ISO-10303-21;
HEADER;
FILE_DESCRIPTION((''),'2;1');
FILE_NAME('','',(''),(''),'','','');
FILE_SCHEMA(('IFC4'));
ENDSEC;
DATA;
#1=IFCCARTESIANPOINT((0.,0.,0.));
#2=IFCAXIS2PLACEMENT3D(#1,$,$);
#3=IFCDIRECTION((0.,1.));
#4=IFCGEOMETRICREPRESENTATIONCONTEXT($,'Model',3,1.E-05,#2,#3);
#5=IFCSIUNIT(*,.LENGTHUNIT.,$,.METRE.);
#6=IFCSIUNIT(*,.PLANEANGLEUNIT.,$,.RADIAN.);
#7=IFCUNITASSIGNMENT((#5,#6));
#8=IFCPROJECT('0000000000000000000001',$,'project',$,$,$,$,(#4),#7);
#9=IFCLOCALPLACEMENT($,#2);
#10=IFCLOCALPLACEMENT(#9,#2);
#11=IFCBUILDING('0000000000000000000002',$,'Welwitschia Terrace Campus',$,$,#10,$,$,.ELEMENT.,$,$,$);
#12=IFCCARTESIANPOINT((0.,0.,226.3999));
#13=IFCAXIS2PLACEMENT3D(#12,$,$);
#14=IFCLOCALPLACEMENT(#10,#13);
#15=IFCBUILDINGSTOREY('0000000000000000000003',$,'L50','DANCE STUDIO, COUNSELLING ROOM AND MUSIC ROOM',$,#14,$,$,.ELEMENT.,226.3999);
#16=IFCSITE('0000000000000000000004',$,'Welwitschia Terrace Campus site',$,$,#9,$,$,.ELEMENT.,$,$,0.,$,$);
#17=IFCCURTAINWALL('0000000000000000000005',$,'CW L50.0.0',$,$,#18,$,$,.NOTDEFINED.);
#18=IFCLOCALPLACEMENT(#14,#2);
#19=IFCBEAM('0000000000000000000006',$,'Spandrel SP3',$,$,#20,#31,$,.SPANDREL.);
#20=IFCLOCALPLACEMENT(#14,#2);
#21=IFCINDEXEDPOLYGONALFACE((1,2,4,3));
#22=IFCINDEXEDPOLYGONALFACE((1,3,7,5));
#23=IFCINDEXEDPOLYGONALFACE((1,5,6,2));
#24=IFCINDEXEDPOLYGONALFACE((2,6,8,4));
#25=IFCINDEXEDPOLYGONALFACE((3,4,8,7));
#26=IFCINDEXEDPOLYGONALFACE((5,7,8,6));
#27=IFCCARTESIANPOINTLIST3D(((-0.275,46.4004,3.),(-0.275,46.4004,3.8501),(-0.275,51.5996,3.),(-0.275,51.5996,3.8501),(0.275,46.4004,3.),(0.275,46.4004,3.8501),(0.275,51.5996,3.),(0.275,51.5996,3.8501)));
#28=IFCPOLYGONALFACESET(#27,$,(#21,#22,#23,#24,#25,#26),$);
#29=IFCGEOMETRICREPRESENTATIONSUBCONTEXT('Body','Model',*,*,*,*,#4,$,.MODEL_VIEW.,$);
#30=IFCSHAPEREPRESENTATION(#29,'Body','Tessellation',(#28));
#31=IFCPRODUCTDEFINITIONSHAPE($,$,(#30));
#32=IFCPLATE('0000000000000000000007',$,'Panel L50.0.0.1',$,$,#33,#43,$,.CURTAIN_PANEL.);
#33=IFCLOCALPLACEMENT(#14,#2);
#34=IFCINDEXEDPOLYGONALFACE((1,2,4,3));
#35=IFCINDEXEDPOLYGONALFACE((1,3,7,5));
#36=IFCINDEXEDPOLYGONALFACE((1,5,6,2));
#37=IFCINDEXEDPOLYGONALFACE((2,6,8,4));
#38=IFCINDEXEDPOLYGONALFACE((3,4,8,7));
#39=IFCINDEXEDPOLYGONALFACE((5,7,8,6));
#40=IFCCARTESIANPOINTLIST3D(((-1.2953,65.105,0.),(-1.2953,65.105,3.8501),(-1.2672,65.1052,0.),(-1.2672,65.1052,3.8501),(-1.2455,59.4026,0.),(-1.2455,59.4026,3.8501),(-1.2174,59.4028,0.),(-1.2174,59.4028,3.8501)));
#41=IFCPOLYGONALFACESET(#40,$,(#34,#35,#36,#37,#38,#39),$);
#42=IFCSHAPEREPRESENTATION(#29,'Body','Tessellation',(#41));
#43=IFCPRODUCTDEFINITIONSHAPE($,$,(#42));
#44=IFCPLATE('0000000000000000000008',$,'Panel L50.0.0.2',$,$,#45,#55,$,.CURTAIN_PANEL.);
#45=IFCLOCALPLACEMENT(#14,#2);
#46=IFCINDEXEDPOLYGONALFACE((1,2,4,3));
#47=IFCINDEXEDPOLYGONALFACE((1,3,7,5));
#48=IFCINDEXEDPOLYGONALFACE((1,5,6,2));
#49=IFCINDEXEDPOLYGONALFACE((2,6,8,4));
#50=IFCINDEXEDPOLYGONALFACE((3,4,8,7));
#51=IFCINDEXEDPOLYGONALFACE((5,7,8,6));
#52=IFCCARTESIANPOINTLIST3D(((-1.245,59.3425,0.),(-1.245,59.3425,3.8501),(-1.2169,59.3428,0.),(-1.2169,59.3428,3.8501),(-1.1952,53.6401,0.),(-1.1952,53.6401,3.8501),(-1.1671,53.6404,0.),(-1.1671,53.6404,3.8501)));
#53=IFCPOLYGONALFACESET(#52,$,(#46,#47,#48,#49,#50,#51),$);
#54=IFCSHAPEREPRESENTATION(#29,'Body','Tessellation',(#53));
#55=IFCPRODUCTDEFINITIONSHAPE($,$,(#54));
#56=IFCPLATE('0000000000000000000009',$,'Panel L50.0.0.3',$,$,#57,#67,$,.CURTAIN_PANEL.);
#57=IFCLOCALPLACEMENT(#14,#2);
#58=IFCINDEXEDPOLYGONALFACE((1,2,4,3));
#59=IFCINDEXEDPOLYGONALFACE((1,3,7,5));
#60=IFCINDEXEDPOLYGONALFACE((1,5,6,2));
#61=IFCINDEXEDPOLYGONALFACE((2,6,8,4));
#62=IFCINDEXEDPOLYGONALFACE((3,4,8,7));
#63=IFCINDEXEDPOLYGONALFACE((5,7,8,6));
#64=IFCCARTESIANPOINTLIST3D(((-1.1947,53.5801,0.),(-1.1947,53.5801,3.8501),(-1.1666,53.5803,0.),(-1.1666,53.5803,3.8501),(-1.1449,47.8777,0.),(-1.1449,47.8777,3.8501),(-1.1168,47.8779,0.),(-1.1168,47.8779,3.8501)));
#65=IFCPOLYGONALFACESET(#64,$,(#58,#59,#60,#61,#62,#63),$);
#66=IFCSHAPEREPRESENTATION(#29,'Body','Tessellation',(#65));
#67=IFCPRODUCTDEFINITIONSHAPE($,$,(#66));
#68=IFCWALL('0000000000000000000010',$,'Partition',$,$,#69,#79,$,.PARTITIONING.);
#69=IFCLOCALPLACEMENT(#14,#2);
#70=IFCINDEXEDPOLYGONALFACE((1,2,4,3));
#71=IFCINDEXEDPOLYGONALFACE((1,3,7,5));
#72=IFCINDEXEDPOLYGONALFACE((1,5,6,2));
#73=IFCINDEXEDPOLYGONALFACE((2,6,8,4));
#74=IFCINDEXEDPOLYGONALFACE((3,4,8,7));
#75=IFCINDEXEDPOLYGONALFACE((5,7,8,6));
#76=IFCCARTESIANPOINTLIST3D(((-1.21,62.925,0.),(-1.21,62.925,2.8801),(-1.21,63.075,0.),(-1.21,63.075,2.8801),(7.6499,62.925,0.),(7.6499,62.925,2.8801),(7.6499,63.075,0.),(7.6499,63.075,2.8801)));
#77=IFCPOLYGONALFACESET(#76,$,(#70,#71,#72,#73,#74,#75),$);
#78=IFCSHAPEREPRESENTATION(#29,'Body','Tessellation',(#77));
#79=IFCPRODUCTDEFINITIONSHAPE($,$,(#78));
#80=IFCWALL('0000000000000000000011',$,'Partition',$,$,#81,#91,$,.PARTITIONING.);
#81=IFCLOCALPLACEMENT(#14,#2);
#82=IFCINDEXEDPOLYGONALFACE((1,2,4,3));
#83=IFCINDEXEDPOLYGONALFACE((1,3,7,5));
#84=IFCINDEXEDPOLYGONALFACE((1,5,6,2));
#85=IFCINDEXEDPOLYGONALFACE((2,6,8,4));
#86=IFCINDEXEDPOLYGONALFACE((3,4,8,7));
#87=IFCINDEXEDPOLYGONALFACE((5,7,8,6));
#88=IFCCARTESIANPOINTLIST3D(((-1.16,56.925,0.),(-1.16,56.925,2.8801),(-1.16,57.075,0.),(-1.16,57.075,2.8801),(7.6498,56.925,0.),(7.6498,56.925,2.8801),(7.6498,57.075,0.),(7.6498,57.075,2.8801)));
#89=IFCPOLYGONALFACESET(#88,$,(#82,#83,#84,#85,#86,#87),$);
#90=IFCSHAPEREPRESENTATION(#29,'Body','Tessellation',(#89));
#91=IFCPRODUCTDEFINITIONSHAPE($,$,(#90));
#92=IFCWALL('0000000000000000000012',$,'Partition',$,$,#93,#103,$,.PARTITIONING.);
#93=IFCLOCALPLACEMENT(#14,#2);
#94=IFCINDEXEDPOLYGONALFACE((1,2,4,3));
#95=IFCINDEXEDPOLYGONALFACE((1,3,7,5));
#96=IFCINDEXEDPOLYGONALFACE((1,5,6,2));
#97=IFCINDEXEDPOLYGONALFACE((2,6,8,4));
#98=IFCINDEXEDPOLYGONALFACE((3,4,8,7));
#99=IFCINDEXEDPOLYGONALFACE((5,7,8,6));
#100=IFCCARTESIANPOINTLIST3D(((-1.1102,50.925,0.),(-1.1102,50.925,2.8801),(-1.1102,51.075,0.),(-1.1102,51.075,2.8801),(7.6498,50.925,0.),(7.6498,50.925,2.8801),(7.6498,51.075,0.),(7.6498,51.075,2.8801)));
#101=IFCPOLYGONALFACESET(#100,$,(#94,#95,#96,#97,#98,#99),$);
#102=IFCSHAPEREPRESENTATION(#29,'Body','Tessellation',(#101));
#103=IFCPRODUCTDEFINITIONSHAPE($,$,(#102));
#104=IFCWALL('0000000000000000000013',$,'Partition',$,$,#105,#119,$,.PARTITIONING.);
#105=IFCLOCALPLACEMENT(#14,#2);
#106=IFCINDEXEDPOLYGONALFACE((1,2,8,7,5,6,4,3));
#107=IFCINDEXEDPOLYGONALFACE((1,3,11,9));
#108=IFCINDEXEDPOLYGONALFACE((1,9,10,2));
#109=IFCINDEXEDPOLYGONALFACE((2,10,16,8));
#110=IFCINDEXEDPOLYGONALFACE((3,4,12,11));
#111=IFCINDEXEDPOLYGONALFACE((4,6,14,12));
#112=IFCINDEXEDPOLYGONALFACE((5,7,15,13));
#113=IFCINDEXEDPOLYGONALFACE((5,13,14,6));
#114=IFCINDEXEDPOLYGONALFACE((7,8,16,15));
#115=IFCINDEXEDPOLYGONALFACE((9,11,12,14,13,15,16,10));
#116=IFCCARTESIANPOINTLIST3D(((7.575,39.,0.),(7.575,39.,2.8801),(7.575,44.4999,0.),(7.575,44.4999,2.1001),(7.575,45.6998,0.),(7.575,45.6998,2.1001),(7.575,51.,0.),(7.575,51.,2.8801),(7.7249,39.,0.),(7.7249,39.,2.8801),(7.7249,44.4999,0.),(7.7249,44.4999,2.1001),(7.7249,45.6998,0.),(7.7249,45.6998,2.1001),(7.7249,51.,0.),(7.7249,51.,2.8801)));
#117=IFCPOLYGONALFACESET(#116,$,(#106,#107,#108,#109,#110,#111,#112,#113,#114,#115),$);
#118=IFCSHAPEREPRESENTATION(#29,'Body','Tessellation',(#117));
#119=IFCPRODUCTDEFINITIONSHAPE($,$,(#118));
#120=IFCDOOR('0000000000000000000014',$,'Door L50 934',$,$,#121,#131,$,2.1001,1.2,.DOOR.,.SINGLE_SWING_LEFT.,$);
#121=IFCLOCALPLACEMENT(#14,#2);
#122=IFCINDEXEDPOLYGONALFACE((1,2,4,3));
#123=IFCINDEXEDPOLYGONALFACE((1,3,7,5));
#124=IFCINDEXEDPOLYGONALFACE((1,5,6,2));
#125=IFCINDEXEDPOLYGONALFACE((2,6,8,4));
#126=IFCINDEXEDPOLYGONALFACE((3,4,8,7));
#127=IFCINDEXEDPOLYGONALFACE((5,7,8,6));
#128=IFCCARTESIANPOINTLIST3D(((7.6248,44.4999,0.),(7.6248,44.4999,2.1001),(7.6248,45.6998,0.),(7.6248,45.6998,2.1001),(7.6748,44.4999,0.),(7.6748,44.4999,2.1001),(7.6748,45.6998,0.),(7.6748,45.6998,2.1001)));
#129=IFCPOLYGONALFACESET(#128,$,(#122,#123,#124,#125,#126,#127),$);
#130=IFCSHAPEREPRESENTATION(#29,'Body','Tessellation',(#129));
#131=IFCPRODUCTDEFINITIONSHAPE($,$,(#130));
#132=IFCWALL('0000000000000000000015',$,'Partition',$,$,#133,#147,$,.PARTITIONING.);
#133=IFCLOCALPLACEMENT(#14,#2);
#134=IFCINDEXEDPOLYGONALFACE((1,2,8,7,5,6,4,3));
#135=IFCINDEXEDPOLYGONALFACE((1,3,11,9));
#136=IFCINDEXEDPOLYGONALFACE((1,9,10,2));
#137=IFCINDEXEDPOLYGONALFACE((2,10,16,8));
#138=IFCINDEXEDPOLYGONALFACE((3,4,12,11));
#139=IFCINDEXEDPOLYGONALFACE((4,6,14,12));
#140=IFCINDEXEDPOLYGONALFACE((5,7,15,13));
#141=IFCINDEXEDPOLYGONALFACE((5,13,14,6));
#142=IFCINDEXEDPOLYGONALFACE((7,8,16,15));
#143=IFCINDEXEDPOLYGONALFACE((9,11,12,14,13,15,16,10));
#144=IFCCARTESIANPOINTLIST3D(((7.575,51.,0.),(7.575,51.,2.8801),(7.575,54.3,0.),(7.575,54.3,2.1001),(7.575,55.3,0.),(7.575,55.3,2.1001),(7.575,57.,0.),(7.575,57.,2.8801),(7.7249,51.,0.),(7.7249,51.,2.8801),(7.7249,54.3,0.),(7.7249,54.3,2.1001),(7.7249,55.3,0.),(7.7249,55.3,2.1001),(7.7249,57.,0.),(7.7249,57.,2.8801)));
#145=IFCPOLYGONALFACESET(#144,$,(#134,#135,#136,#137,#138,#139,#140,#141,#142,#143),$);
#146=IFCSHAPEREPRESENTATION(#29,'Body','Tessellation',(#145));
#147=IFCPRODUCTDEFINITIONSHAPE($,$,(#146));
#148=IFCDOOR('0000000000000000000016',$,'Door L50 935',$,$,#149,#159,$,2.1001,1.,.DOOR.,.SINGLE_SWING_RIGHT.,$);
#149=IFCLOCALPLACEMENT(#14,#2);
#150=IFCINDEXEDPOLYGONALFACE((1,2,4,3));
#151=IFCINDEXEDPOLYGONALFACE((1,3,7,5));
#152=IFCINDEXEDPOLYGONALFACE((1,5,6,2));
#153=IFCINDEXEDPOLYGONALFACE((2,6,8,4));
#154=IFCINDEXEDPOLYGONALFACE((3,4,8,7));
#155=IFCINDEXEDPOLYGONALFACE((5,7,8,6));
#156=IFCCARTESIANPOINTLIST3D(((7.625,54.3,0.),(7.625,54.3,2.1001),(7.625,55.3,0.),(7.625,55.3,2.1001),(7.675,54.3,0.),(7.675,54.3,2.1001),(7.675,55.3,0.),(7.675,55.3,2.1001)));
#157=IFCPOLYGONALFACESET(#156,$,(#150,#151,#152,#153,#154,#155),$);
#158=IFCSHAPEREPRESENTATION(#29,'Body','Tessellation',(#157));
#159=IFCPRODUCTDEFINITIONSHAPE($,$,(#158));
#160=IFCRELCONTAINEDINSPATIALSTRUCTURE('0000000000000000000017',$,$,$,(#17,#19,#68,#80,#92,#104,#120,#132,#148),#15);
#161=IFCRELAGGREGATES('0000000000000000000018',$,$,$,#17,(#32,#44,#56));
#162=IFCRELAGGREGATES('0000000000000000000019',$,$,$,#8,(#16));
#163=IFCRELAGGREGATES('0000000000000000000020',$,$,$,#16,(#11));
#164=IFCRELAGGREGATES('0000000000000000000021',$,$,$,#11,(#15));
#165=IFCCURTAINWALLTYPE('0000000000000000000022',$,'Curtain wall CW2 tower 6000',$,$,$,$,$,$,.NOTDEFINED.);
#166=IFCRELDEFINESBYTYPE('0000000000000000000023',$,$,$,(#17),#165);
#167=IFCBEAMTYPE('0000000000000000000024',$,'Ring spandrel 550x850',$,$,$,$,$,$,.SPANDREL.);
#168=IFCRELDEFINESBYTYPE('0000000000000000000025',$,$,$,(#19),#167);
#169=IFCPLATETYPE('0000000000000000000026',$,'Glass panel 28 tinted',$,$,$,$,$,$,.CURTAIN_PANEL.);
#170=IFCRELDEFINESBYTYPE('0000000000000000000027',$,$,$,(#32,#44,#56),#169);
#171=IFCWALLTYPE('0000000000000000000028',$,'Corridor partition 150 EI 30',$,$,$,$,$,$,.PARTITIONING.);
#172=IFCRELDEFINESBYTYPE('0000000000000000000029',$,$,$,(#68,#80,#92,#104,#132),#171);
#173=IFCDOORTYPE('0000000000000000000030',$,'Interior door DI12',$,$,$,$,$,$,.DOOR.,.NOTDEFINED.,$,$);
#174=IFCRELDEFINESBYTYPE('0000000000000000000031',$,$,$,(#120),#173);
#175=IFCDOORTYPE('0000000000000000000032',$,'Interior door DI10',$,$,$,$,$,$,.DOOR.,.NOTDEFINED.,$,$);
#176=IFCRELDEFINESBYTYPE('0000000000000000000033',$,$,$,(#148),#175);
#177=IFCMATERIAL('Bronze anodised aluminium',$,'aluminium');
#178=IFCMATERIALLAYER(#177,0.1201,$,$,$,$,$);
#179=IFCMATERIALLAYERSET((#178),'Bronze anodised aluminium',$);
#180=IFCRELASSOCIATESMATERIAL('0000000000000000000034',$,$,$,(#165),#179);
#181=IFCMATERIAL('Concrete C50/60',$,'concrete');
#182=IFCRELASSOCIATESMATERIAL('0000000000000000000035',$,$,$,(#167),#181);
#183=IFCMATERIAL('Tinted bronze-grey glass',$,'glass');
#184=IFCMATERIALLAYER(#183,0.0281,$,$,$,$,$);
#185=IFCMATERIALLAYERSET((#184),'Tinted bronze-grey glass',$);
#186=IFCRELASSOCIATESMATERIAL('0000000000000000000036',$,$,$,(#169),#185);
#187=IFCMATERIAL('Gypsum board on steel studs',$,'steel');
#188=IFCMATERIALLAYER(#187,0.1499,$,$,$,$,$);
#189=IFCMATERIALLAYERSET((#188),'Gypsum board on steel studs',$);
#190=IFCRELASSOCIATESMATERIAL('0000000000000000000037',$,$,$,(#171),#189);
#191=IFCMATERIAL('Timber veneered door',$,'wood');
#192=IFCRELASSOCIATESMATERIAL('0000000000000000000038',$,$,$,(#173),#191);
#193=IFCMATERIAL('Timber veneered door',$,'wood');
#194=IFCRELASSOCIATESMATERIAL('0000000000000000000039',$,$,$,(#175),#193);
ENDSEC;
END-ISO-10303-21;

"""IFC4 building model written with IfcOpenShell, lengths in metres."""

from ifc_helpers import new_model, si_unit, direction, frame, frame_2d, origin, origin_2d, place, context, subcontext, project, spatial, rectangle, extrude, material, layer, layer_set, material_profile, profile_set, type_object, element, fill, aggregate, save


model = new_model("IFC4")

# Units and contexts
model_context = context("Model", 3, precision=1e-05, world=origin(), true_north=direction((0.0, 1.0)))
body_context = subcontext(model_context, "Body", "Model", "MODEL_VIEW")
ifc_project = project(units=[si_unit("LENGTHUNIT", "METRE"), si_unit("PLANEANGLEUNIT", "RADIAN")], contexts=[model_context])

# Site, building, storey
site_placement = place(None, origin())
site = spatial("IfcSite", under=ifc_project, at=site_placement, Name="Welwitschia Terrace Campus site", CompositionType="ELEMENT", RefElevation=0.0)
building_placement = place(site_placement, origin())
building = spatial("IfcBuilding", under=site, at=building_placement, Name="Welwitschia Terrace Campus", CompositionType="ELEMENT")
storey_placement = place(building_placement, frame((0.0, 0.0, 226.3999)))
storey = spatial("IfcBuildingStorey", under=building, at=storey_placement, Name="L50", Description="DANCE STUDIO, COUNSELLING ROOM AND MUSIC ROOM", CompositionType="ELEMENT", Elevation=226.3999)

# Curtain wall
ifc_material_1 = material(Name="Bronze anodised aluminium", Category="aluminium")
ifc_layer_1 = layer(ifc_material_1, 0.1201)
ifc_layer_set_1 = layer_set([ifc_layer_1], Name="Bronze anodised aluminium")
curtain_wall_type = type_object("IfcCurtainWallType", Name="Curtain wall CW2 tower 6000", PredefinedType="NOTDEFINED", material=ifc_layer_set_1)
curtain_wall_placement = place(storey_placement, origin())
curtain_wall = element("IfcCurtainWall", 1, at=curtain_wall_placement, inside=storey, type_object=curtain_wall_type, Name="CW L50.0.0", PredefinedType="NOTDEFINED")

# Beam
ifc_material_2 = material(Name="Concrete C50/60", Category="concrete")
ifc_material_profile_1 = material_profile(ifc_material_2, rectangle(XDim=0.55, YDim=0.8501, at=origin_2d()))
ifc_profile_set_1 = profile_set([ifc_material_profile_1], Name="Concrete C50/60")
beam_type_1 = type_object("IfcBeamType", Name="Ring spandrel 550x850", PredefinedType="SPANDREL", material=ifc_profile_set_1)
for number, where, z_axis, x_axis, name in (
    (2, (0.0, 51.5996, 3.425), (0.0, -1.0, 0.0), (1.0, 0.0, 0.0), "Spandrel SP3"),
):
    element("IfcBeam", number, at=place(storey_placement, frame(where, z_axis=z_axis, x_axis=x_axis)), inside=storey, type_object=beam_type_1, Name=name, PredefinedType="SPANDREL", context=body_context, shape_type="SweptSolid", body=[
        extrude(rectangle(XDim=0.55, YDim=0.8501, at=origin_2d()), origin(), (0.0, 0.0, 1.0), 5.1992),
    ])

# Plates
ifc_material_3 = material(Name="Tinted bronze-grey glass", Category="glass")
ifc_layer_2 = layer(ifc_material_3, 0.0281)
ifc_layer_set_2 = layer_set([ifc_layer_2], Name="Tinted bronze-grey glass")
plate_type = type_object("IfcPlateType", Name="Glass panel 28 tinted", PredefinedType="CURTAIN_PANEL", material=ifc_layer_set_2)
plate_1_placement = place(storey_placement, frame((-1.2563, 62.2539, 0.0), z_axis=(0.0, 0.0, 1.0), x_axis=(0.008727, -0.999962, 0.0)))
plate_1 = element("IfcPlate", 3, at=plate_1_placement, type_object=plate_type, Name="Panel L50.0.0.1", PredefinedType="CURTAIN_PANEL", context=body_context, shape_type="SweptSolid", body=[
    extrude(rectangle(XDim=5.7026, YDim=0.0281, at=origin_2d()), origin(), (0.0, 0.0, 1.0), 3.8501),
])
plate_2_placement = place(storey_placement, frame((-1.2061, 56.4915, 0.0), z_axis=(0.0, 0.0, 1.0), x_axis=(0.008727, -0.999962, 0.0)))
plate_2 = element("IfcPlate", 4, at=plate_2_placement, type_object=plate_type, Name="Panel L50.0.0.2", PredefinedType="CURTAIN_PANEL", context=body_context, shape_type="SweptSolid", body=[
    extrude(rectangle(XDim=5.7026, YDim=0.0281, at=origin_2d()), origin(), (0.0, 0.0, 1.0), 3.8501),
])
plate_3_placement = place(storey_placement, frame((-1.1558, 50.729, 0.0), z_axis=(0.0, 0.0, 1.0), x_axis=(0.008727, -0.999962, 0.0)))
plate_3 = element("IfcPlate", 5, at=plate_3_placement, type_object=plate_type, Name="Panel L50.0.0.3", PredefinedType="CURTAIN_PANEL", context=body_context, shape_type="SweptSolid", body=[
    extrude(rectangle(XDim=5.7026, YDim=0.0281, at=origin_2d()), origin(), (0.0, 0.0, 1.0), 3.8501),
])
aggregate(curtain_wall, [plate_1, plate_2, plate_3])

# Walls
ifc_material_4 = material(Name="Gypsum board on steel studs", Category="steel")
ifc_layer_3 = layer(ifc_material_4, 0.1499)
ifc_layer_set_3 = layer_set([ifc_layer_3], Name="Gypsum board on steel studs")
wall_type = type_object("IfcWallType", Name="Corridor partition 150 EI 30", PredefinedType="PARTITIONING", material=ifc_layer_set_3)
wall_1_placement = place(storey_placement, frame((-1.21, 63.0, 0.0), z_axis=(0.0, 0.0, 1.0), x_axis=(1.0, 0.0, 0.0)))
element("IfcWall", 6, at=wall_1_placement, inside=storey, type_object=wall_type, Name="Partition", PredefinedType="PARTITIONING", context=body_context, shape_type="SweptSolid", body=[
    extrude(rectangle(XDim=8.8599, YDim=0.1499, at=frame_2d((4.4299, 0.0))), origin(), (0.0, 0.0, 1.0), 2.8801),
])
wall_2_placement = place(storey_placement, frame((-1.1599, 57.0, 0.0), z_axis=(0.0, 0.0, 1.0), x_axis=(1.0, 0.0, 0.0)))
element("IfcWall", 7, at=wall_2_placement, inside=storey, type_object=wall_type, Name="Partition", PredefinedType="PARTITIONING", context=body_context, shape_type="SweptSolid", body=[
    extrude(rectangle(XDim=8.8098, YDim=0.1499, at=frame_2d((4.4048, 0.0))), origin(), (0.0, 0.0, 1.0), 2.8801),
])
wall_3_placement = place(storey_placement, frame((-1.1101, 51.0, 0.0), z_axis=(0.0, 0.0, 1.0), x_axis=(1.0, 0.0, 0.0)))
element("IfcWall", 8, at=wall_3_placement, inside=storey, type_object=wall_type, Name="Partition", PredefinedType="PARTITIONING", context=body_context, shape_type="SweptSolid", body=[
    extrude(rectangle(XDim=8.76, YDim=0.1499, at=frame_2d((4.3799, 0.0))), origin(), (0.0, 0.0, 1.0), 2.8801),
])

# Walls, openings, doors
wall_4_placement = place(storey_placement, frame((7.6499, 51.0, 0.0), z_axis=(0.0, 0.0, 1.0), x_axis=(0.0, -1.0, 0.0)))
wall_4 = element("IfcWall", 9, at=wall_4_placement, inside=storey, type_object=wall_type, Name="Partition", PredefinedType="PARTITIONING", context=body_context, shape_type="SweptSolid", body=[
    extrude(rectangle(XDim=12.0, YDim=0.1499, at=frame_2d((6.0, 0.0))), origin(), (0.0, 0.0, 1.0), 2.8801),
])
opening_1_placement = place(wall_4_placement, frame((5.3, 0.0, 0.0)))
opening_1 = element("IfcOpeningElement", 10, at=opening_1_placement, cuts=wall_4, PredefinedType="OPENING", context=body_context, shape_type="SweptSolid", body=[
    extrude(rectangle(XDim=1.2, YDim=2.1001, at=frame_2d((0.6001, 1.05))), frame((0.0, 0.085, 0.0), z_axis=(0.0, -1.0, 0.0), x_axis=(1.0, 0.0, 0.0)), (0.0, 0.0, 1.0), 0.1699),
])
ifc_material_5 = material(Name="Timber veneered door", Category="wood")
door_type_1 = type_object("IfcDoorType", Name="Interior door DI12", OperationType="NOTDEFINED", PredefinedType="DOOR", material=ifc_material_5)
door_1_placement = place(opening_1_placement, origin())
door_1 = element("IfcDoor", 11, at=door_1_placement, inside=storey, type_object=door_type_1, Name="Door L50 934", OperationType="SINGLE_SWING_LEFT", OverallHeight=2.1001, OverallWidth=1.2, PredefinedType="DOOR", context=body_context, shape_type="SweptSolid", body=[
    extrude(rectangle(XDim=1.2, YDim=2.1001, at=frame_2d((0.6001, 1.05))), frame((0.0, 0.0249, 0.0), z_axis=(0.0, -1.0, 0.0), x_axis=(1.0, 0.0, 0.0)), (0.0, 0.0, 1.0), 0.05),
])
fill(opening_1, door_1)
wall_5_placement = place(storey_placement, frame((7.6499, 51.0, 0.0), z_axis=(0.0, 0.0, 1.0), x_axis=(0.0, 1.0, 0.0)))
wall_5 = element("IfcWall", 12, at=wall_5_placement, inside=storey, type_object=wall_type, Name="Partition", PredefinedType="PARTITIONING", context=body_context, shape_type="SweptSolid", body=[
    extrude(rectangle(XDim=6.0, YDim=0.1499, at=frame_2d((3.0, 0.0))), origin(), (0.0, 0.0, 1.0), 2.8801),
])
opening_2_placement = place(wall_5_placement, frame((3.3, 0.0, 0.0)))
opening_2 = element("IfcOpeningElement", 13, at=opening_2_placement, cuts=wall_5, PredefinedType="OPENING", context=body_context, shape_type="SweptSolid", body=[
    extrude(rectangle(XDim=1.0, YDim=2.1001, at=frame_2d((0.5, 1.05))), frame((0.0, 0.085, 0.0), z_axis=(0.0, -1.0, 0.0), x_axis=(1.0, 0.0, 0.0)), (0.0, 0.0, 1.0), 0.1699),
])
ifc_material_6 = material(Name="Timber veneered door", Category="wood")
door_type_2 = type_object("IfcDoorType", Name="Interior door DI10", OperationType="NOTDEFINED", PredefinedType="DOOR", material=ifc_material_6)
door_2_placement = place(opening_2_placement, origin())
door_2 = element("IfcDoor", 14, at=door_2_placement, inside=storey, type_object=door_type_2, Name="Door L50 935", OperationType="SINGLE_SWING_RIGHT", OverallHeight=2.1001, OverallWidth=1.0, PredefinedType="DOOR", context=body_context, shape_type="SweptSolid", body=[
    extrude(rectangle(XDim=1.0, YDim=2.1001, at=frame_2d((0.5, 1.05))), frame((0.0, 0.0249, 0.0), z_axis=(0.0, -1.0, 0.0), x_axis=(1.0, 0.0, 0.0)), (0.0, 0.0, 1.0), 0.05),
])
fill(opening_2, door_2)

save(model, "model.ifc")
